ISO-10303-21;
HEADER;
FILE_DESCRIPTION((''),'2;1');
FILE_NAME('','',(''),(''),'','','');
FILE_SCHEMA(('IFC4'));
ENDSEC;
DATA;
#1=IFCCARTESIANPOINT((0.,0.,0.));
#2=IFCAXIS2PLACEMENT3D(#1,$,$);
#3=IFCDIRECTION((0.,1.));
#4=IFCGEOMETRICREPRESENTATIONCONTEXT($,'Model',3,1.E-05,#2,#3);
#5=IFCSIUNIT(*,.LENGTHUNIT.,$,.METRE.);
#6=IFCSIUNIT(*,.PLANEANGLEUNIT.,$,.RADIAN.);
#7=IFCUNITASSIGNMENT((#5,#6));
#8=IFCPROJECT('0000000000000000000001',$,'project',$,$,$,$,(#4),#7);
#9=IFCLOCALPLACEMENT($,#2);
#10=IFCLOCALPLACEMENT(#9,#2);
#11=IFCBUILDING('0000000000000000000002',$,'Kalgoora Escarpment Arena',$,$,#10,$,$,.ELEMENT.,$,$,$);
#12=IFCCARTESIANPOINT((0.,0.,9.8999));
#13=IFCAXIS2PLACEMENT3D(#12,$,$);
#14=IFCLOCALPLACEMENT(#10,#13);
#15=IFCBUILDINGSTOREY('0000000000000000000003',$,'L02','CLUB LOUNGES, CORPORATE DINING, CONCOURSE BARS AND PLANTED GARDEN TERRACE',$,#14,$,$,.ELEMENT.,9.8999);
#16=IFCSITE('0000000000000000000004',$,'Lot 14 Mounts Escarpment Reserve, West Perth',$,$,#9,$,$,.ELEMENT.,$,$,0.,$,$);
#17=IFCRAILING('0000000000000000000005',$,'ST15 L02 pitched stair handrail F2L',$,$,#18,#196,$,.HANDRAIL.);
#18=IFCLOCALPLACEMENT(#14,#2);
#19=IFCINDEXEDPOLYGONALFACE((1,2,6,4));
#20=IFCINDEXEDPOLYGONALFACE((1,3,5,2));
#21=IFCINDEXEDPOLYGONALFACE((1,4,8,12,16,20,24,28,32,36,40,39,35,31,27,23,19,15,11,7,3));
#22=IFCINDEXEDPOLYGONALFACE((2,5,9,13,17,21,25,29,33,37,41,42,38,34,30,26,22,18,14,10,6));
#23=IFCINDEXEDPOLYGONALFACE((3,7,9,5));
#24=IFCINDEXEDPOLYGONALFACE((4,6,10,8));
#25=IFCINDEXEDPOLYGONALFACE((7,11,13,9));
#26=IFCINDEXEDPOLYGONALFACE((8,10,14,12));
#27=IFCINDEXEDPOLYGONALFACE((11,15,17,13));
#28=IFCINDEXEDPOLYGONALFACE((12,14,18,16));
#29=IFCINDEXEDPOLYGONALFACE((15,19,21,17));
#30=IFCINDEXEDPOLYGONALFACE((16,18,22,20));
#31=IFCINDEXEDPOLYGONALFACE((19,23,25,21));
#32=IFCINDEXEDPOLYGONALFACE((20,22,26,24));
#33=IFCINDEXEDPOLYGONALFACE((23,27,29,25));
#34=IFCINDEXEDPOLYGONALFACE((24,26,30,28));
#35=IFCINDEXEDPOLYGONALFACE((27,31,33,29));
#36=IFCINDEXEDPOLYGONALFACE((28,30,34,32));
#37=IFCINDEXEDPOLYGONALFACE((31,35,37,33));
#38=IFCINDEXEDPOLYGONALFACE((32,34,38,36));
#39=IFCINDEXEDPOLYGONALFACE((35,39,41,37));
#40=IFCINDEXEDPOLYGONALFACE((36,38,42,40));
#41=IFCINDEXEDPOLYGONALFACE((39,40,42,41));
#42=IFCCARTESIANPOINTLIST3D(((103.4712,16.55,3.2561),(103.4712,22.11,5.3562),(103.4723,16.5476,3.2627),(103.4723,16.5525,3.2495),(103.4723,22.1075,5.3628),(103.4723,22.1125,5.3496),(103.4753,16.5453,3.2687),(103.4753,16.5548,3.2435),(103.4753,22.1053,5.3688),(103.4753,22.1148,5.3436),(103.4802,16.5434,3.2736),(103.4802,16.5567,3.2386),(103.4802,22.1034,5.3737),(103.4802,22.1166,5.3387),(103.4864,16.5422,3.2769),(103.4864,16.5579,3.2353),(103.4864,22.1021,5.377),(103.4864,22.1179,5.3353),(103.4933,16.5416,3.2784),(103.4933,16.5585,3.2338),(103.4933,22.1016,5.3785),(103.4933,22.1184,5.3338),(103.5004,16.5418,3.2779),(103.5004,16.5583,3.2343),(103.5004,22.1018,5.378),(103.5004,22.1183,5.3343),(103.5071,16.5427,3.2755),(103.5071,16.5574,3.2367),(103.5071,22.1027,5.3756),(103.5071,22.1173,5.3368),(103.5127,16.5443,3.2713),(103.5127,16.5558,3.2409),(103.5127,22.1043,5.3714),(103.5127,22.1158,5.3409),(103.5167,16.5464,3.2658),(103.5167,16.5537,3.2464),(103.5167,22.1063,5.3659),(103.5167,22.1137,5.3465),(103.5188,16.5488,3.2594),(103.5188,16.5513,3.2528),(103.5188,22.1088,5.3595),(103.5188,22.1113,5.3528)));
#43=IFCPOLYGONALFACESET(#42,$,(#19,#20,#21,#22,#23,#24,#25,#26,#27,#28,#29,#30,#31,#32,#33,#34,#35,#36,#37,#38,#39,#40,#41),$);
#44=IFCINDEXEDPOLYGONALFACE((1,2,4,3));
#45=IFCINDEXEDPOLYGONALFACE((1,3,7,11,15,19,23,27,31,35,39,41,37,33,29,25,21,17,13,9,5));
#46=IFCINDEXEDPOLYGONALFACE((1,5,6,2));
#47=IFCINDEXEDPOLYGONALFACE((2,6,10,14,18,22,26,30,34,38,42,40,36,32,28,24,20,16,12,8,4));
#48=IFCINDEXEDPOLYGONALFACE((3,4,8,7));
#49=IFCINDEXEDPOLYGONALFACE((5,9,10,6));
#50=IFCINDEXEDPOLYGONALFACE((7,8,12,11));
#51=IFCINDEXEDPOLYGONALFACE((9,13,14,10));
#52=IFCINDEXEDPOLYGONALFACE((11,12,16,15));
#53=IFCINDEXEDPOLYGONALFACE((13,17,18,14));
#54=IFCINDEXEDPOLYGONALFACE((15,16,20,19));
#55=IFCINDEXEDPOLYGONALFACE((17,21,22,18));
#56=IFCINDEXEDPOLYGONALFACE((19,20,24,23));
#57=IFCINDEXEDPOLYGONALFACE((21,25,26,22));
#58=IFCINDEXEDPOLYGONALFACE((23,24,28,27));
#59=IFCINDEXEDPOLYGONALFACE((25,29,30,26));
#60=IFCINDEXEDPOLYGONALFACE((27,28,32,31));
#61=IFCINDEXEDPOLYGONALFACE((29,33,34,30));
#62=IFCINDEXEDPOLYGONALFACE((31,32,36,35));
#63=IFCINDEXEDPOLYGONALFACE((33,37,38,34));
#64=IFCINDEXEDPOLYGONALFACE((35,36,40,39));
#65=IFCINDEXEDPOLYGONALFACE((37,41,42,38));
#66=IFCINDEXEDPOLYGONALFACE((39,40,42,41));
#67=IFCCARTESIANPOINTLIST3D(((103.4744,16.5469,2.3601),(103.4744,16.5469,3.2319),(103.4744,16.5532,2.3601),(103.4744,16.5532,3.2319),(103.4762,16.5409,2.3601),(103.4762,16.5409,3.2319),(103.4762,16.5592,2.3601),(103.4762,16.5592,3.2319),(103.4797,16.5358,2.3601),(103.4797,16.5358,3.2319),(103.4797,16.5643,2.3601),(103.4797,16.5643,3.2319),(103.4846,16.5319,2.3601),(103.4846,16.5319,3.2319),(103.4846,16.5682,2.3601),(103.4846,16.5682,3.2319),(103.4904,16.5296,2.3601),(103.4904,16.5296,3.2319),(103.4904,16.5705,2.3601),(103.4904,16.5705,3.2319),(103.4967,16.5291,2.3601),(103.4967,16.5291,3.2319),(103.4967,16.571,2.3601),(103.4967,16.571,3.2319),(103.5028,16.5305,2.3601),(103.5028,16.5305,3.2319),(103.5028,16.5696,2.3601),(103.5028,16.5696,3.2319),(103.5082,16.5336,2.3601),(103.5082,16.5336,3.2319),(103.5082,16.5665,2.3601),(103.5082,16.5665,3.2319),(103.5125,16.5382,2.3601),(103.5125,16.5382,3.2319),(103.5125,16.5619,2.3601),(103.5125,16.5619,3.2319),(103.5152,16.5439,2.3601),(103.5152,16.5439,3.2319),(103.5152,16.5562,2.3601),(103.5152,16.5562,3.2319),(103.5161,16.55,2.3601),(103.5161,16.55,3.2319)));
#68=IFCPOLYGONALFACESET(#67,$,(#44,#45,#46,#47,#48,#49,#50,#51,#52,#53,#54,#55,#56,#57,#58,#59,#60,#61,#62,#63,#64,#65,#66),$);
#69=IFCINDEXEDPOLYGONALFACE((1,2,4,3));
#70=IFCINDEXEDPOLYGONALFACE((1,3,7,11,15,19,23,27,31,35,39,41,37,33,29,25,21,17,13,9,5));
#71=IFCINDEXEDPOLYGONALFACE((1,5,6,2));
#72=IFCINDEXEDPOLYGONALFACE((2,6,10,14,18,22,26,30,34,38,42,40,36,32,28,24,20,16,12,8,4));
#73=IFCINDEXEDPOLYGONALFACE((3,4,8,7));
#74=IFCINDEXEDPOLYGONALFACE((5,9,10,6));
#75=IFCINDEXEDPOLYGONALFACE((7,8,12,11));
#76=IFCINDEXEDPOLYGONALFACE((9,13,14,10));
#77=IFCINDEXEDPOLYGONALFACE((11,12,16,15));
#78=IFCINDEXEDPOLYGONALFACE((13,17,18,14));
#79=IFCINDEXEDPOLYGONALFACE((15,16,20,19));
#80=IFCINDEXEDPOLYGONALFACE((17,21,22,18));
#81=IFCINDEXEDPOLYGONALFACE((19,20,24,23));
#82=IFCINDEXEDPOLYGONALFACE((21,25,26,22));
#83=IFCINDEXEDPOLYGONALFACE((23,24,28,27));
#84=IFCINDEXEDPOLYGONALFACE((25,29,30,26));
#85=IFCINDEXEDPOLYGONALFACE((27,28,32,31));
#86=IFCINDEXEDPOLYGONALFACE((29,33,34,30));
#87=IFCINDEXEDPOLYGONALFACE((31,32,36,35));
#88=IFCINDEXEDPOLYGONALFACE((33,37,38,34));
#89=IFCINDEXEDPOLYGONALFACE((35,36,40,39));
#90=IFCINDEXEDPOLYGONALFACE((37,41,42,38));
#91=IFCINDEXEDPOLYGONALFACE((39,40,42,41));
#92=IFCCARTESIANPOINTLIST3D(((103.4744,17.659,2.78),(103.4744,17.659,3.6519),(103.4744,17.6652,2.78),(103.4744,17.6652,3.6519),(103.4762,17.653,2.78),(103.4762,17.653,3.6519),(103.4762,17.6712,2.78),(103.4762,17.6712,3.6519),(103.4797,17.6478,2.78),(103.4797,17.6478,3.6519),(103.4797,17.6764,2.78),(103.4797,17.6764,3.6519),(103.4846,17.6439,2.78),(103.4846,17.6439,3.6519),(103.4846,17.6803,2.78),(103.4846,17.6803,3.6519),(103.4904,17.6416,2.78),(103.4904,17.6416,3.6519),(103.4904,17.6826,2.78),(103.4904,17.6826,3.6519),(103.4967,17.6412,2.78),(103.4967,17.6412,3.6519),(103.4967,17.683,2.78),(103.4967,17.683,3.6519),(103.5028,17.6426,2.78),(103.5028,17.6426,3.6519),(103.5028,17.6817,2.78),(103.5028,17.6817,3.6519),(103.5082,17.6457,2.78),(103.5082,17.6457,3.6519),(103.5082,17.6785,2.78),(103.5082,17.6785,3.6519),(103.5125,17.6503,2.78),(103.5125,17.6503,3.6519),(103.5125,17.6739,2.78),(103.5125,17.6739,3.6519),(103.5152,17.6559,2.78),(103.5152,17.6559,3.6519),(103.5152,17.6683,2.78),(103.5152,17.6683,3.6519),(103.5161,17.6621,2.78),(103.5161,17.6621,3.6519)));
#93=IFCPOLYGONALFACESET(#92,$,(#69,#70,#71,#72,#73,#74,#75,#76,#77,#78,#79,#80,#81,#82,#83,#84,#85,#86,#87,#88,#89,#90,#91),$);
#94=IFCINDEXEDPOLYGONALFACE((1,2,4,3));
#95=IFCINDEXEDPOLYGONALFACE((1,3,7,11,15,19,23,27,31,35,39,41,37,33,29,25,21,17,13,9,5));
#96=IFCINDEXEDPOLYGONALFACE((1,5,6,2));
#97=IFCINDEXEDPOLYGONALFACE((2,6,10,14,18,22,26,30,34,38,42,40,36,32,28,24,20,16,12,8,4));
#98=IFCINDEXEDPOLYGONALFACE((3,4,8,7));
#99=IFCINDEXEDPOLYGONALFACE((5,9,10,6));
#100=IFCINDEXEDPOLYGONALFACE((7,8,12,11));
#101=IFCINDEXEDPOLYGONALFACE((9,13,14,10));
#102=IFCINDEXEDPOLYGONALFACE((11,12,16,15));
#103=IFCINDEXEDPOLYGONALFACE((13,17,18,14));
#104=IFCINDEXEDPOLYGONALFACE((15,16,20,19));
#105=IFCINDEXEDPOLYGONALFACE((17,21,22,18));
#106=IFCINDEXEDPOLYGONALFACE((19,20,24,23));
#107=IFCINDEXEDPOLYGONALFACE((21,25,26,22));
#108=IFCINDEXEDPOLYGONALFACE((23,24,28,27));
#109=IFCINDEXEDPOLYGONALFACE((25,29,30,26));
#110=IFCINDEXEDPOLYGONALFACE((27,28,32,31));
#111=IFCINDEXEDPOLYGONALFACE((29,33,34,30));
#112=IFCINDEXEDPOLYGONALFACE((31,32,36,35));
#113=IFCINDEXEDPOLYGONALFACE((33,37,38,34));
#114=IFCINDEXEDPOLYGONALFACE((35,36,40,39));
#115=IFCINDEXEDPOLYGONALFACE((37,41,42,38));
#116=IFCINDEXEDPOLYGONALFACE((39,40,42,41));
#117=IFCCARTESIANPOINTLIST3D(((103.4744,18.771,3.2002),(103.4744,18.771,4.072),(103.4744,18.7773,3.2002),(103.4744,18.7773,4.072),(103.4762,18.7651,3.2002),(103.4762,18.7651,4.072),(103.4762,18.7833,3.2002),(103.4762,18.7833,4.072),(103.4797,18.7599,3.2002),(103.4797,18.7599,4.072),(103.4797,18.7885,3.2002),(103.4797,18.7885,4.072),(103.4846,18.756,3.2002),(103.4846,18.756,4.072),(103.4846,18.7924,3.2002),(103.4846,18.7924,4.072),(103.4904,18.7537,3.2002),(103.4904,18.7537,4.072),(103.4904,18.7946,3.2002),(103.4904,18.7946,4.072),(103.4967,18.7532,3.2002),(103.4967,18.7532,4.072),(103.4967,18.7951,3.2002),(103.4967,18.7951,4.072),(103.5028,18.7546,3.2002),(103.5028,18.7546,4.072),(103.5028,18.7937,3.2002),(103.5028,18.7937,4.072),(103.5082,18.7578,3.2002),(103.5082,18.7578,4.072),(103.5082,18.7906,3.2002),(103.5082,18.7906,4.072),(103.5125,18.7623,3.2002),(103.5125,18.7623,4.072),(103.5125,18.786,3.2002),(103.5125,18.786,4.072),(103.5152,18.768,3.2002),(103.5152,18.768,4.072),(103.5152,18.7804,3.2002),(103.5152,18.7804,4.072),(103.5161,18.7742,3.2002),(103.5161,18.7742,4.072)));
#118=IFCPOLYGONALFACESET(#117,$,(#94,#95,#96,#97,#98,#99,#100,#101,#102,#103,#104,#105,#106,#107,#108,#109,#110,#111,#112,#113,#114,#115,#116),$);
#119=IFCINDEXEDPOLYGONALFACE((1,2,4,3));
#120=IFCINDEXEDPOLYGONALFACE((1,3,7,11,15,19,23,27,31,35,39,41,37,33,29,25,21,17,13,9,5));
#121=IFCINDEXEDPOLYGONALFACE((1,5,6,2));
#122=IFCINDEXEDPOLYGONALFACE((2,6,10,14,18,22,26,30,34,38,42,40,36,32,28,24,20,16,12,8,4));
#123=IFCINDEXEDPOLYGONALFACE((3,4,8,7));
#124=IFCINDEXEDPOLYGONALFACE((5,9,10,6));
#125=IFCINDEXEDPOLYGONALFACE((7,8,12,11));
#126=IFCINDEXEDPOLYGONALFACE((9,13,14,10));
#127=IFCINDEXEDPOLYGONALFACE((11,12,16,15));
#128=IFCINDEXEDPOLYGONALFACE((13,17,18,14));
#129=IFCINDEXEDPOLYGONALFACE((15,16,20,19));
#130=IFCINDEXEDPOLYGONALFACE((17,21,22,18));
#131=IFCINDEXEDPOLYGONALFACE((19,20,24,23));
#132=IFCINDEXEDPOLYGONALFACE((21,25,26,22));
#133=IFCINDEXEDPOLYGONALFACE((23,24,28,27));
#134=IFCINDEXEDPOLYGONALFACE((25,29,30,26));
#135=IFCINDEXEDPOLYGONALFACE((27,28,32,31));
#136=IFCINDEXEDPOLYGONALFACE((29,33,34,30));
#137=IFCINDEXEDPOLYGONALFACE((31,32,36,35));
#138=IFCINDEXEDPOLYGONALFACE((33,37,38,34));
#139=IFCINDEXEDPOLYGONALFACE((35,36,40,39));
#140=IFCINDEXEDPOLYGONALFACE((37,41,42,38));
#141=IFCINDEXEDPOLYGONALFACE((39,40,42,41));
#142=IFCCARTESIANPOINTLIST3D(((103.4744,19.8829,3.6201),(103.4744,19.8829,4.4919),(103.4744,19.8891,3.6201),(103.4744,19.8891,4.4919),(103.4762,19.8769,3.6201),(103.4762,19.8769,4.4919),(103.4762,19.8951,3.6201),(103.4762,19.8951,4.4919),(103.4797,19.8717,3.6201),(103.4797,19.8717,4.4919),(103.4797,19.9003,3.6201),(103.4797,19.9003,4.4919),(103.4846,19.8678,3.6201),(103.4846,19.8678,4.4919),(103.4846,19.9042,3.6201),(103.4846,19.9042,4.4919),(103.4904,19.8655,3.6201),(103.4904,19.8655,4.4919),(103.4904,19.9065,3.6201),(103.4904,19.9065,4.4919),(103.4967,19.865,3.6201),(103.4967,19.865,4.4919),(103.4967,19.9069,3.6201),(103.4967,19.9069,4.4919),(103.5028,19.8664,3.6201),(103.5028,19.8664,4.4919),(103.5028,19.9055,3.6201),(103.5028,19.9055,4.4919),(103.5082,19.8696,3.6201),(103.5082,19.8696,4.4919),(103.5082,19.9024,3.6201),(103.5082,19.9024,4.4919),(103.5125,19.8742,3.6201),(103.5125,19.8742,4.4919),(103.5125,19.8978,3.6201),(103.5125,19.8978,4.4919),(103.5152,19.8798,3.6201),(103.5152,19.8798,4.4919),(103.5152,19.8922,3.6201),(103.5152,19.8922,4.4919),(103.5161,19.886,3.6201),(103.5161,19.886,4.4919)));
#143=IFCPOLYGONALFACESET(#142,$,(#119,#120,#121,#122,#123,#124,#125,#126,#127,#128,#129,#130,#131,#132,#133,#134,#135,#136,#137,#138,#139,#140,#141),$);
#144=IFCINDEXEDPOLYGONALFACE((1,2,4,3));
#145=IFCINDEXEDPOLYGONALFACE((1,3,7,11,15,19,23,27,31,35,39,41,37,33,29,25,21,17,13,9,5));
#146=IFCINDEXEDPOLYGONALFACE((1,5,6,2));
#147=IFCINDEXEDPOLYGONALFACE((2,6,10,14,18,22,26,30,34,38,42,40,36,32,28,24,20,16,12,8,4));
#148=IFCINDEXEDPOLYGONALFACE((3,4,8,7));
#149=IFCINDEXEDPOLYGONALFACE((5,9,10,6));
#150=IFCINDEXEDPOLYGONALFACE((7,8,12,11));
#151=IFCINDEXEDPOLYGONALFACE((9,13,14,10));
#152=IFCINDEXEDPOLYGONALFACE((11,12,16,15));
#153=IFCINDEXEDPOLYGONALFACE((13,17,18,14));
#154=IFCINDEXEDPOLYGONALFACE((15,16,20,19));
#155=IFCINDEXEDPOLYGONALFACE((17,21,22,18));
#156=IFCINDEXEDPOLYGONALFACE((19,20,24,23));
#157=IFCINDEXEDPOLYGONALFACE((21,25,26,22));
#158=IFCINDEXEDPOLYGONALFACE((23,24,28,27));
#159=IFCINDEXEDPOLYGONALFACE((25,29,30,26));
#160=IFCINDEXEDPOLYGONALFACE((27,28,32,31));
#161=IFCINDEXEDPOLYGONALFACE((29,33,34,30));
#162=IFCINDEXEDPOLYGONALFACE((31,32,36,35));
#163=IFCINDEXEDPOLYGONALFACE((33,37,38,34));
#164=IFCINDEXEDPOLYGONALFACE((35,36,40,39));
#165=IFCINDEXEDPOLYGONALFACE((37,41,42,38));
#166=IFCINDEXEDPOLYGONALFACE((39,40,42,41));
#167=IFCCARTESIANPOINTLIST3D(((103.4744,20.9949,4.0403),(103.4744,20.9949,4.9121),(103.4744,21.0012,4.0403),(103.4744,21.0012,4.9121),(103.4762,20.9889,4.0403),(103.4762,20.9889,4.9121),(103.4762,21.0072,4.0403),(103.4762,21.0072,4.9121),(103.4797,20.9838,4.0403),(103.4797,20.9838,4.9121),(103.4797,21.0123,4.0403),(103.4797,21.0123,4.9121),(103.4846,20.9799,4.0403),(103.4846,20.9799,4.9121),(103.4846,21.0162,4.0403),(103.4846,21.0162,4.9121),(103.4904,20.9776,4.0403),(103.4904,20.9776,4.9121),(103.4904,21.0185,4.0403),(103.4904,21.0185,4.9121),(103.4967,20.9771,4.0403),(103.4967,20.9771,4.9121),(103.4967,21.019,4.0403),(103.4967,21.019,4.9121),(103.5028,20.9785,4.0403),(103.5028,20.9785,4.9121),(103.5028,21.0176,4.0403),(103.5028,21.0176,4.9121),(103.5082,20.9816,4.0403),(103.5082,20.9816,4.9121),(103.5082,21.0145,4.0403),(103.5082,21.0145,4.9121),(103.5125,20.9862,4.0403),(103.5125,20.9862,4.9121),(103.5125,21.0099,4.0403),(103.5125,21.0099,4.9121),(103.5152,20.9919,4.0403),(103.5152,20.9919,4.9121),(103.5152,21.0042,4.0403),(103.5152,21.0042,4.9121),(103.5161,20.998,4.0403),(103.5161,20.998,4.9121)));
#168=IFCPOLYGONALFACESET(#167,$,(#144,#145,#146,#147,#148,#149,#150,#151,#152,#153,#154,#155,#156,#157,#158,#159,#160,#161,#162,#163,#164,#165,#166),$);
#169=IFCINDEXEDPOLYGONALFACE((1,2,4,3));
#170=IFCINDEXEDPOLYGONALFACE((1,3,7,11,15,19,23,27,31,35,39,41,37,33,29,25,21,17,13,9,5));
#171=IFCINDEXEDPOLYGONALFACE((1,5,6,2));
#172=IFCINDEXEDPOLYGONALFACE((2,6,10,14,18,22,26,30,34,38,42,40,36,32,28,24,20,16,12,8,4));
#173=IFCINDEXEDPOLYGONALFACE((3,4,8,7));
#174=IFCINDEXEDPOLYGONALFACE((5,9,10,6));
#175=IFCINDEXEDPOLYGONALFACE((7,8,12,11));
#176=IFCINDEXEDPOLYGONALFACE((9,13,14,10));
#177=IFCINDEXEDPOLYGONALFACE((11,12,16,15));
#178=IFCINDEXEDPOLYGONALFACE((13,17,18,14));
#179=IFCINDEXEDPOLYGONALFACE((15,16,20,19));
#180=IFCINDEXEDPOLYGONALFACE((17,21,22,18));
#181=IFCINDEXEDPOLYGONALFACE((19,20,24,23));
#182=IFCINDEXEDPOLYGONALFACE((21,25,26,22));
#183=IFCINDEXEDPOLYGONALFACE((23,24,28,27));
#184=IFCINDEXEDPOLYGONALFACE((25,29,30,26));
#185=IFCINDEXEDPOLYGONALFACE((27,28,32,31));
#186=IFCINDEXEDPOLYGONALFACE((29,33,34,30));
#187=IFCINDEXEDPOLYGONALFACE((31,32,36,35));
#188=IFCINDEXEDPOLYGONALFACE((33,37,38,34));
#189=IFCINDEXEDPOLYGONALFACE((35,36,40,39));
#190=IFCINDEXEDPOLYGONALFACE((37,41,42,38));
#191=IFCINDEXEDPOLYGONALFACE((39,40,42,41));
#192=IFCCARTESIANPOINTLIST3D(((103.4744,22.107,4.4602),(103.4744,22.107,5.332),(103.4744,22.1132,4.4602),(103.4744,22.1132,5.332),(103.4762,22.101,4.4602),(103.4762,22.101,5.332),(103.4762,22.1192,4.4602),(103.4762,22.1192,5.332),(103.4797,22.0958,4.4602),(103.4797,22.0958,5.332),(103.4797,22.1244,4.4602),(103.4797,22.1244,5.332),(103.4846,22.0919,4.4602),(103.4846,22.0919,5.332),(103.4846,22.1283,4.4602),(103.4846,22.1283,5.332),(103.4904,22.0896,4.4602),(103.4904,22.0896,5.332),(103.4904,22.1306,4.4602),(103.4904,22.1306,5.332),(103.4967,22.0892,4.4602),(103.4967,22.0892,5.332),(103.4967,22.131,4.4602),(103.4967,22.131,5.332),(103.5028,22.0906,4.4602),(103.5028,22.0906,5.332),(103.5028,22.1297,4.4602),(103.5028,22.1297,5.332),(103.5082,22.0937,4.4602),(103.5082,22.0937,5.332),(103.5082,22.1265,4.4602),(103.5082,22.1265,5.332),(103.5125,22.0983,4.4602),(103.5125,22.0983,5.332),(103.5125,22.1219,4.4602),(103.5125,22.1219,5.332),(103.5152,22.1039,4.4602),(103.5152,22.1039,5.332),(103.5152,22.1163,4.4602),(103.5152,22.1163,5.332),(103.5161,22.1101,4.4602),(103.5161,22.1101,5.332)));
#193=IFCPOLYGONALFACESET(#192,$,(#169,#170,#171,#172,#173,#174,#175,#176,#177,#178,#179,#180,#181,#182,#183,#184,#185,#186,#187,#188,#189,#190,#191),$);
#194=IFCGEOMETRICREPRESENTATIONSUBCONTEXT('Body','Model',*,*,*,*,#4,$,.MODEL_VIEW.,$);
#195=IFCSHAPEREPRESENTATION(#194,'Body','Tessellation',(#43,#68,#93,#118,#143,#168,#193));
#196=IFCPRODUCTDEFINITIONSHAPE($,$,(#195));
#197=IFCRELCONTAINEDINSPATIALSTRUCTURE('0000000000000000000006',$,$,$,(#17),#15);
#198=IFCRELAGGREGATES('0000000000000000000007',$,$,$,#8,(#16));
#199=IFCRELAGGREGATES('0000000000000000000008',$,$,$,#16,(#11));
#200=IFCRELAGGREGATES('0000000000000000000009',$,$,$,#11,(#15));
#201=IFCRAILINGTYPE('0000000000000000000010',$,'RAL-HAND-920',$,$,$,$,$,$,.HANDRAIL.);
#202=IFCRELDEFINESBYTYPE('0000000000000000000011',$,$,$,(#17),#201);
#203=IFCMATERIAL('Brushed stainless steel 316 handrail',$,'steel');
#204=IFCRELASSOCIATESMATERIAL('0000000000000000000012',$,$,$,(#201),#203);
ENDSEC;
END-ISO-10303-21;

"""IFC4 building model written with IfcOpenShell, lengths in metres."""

from ifc_helpers import new_model, si_unit, direction, frame, origin, origin_2d, place, context, subcontext, project, spatial, circle, extrude, material, type_object, element, save


model = new_model("IFC4")

# Units and contexts
model_context = context("Model", 3, precision=1e-05, world=origin(), true_north=direction((0.0, 1.0)))
body_context = subcontext(model_context, "Body", "Model", "MODEL_VIEW")
ifc_project = project(units=[si_unit("LENGTHUNIT", "METRE"), si_unit("PLANEANGLEUNIT", "RADIAN")], contexts=[model_context])

# Site, building, storey
site_placement = place(None, origin())
site = spatial("IfcSite", under=ifc_project, at=site_placement, Name="Lot 14 Mounts Escarpment Reserve, West Perth", CompositionType="ELEMENT", RefElevation=0.0)
building_placement = place(site_placement, origin())
building = spatial("IfcBuilding", under=site, at=building_placement, Name="Kalgoora Escarpment Arena", CompositionType="ELEMENT")
storey_placement = place(building_placement, frame((0.0, 0.0, 9.8999)))
storey = spatial("IfcBuildingStorey", under=building, at=storey_placement, Name="L02", Description="CLUB LOUNGES, CORPORATE DINING, CONCOURSE BARS AND PLANTED GARDEN TERRACE", CompositionType="ELEMENT", Elevation=9.8999)

# Railing
ifc_material_1 = material(Name="Brushed stainless steel 316 handrail", Category="steel")
railing_type_1 = type_object("IfcRailingType", Name="RAL-HAND-920", PredefinedType="HANDRAIL", material=ifc_material_1)
for number, where, name in (
    (1, (103.4951, 16.55, 2.3601), "ST15 L02 pitched stair handrail F2L"),
):
    element("IfcRailing", number, at=place(storey_placement, frame(where)), inside=storey, type_object=railing_type_1, Name=name, PredefinedType="HANDRAIL", context=body_context, shape_type="SweptSolid", body=[
        extrude(circle(Radius=0.0239, at=origin_2d()), frame((0.0, 0.0, 0.896), z_axis=(0.0, 0.935493, 0.353346), x_axis=(-1.0, 0.0, 0.0)), (0.0, 0.0, 1.0), 5.9434),
        extrude(circle(Radius=0.021, at=origin_2d()), origin(), (0.0, 0.0, 1.0), 0.8718),
        extrude(circle(Radius=0.021, at=origin_2d()), frame((0.0, 1.1121, 0.4199)), (0.0, 0.0, 1.0), 0.8718),
        extrude(circle(Radius=0.021, at=origin_2d()), frame((0.0, 2.2241, 0.8401)), (0.0, 0.0, 1.0), 0.8718),
        extrude(circle(Radius=0.021, at=origin_2d()), frame((0.0, 3.3359, 1.26)), (0.0, 0.0, 1.0), 0.8718),
        extrude(circle(Radius=0.021, at=origin_2d()), frame((0.0, 4.448, 1.6802)), (0.0, 0.0, 1.0), 0.8718),
        extrude(circle(Radius=0.021, at=origin_2d()), frame((0.0, 5.5601, 2.1001)), (0.0, 0.0, 1.0), 0.8718),
    ])

save(model, "model.ifc")
